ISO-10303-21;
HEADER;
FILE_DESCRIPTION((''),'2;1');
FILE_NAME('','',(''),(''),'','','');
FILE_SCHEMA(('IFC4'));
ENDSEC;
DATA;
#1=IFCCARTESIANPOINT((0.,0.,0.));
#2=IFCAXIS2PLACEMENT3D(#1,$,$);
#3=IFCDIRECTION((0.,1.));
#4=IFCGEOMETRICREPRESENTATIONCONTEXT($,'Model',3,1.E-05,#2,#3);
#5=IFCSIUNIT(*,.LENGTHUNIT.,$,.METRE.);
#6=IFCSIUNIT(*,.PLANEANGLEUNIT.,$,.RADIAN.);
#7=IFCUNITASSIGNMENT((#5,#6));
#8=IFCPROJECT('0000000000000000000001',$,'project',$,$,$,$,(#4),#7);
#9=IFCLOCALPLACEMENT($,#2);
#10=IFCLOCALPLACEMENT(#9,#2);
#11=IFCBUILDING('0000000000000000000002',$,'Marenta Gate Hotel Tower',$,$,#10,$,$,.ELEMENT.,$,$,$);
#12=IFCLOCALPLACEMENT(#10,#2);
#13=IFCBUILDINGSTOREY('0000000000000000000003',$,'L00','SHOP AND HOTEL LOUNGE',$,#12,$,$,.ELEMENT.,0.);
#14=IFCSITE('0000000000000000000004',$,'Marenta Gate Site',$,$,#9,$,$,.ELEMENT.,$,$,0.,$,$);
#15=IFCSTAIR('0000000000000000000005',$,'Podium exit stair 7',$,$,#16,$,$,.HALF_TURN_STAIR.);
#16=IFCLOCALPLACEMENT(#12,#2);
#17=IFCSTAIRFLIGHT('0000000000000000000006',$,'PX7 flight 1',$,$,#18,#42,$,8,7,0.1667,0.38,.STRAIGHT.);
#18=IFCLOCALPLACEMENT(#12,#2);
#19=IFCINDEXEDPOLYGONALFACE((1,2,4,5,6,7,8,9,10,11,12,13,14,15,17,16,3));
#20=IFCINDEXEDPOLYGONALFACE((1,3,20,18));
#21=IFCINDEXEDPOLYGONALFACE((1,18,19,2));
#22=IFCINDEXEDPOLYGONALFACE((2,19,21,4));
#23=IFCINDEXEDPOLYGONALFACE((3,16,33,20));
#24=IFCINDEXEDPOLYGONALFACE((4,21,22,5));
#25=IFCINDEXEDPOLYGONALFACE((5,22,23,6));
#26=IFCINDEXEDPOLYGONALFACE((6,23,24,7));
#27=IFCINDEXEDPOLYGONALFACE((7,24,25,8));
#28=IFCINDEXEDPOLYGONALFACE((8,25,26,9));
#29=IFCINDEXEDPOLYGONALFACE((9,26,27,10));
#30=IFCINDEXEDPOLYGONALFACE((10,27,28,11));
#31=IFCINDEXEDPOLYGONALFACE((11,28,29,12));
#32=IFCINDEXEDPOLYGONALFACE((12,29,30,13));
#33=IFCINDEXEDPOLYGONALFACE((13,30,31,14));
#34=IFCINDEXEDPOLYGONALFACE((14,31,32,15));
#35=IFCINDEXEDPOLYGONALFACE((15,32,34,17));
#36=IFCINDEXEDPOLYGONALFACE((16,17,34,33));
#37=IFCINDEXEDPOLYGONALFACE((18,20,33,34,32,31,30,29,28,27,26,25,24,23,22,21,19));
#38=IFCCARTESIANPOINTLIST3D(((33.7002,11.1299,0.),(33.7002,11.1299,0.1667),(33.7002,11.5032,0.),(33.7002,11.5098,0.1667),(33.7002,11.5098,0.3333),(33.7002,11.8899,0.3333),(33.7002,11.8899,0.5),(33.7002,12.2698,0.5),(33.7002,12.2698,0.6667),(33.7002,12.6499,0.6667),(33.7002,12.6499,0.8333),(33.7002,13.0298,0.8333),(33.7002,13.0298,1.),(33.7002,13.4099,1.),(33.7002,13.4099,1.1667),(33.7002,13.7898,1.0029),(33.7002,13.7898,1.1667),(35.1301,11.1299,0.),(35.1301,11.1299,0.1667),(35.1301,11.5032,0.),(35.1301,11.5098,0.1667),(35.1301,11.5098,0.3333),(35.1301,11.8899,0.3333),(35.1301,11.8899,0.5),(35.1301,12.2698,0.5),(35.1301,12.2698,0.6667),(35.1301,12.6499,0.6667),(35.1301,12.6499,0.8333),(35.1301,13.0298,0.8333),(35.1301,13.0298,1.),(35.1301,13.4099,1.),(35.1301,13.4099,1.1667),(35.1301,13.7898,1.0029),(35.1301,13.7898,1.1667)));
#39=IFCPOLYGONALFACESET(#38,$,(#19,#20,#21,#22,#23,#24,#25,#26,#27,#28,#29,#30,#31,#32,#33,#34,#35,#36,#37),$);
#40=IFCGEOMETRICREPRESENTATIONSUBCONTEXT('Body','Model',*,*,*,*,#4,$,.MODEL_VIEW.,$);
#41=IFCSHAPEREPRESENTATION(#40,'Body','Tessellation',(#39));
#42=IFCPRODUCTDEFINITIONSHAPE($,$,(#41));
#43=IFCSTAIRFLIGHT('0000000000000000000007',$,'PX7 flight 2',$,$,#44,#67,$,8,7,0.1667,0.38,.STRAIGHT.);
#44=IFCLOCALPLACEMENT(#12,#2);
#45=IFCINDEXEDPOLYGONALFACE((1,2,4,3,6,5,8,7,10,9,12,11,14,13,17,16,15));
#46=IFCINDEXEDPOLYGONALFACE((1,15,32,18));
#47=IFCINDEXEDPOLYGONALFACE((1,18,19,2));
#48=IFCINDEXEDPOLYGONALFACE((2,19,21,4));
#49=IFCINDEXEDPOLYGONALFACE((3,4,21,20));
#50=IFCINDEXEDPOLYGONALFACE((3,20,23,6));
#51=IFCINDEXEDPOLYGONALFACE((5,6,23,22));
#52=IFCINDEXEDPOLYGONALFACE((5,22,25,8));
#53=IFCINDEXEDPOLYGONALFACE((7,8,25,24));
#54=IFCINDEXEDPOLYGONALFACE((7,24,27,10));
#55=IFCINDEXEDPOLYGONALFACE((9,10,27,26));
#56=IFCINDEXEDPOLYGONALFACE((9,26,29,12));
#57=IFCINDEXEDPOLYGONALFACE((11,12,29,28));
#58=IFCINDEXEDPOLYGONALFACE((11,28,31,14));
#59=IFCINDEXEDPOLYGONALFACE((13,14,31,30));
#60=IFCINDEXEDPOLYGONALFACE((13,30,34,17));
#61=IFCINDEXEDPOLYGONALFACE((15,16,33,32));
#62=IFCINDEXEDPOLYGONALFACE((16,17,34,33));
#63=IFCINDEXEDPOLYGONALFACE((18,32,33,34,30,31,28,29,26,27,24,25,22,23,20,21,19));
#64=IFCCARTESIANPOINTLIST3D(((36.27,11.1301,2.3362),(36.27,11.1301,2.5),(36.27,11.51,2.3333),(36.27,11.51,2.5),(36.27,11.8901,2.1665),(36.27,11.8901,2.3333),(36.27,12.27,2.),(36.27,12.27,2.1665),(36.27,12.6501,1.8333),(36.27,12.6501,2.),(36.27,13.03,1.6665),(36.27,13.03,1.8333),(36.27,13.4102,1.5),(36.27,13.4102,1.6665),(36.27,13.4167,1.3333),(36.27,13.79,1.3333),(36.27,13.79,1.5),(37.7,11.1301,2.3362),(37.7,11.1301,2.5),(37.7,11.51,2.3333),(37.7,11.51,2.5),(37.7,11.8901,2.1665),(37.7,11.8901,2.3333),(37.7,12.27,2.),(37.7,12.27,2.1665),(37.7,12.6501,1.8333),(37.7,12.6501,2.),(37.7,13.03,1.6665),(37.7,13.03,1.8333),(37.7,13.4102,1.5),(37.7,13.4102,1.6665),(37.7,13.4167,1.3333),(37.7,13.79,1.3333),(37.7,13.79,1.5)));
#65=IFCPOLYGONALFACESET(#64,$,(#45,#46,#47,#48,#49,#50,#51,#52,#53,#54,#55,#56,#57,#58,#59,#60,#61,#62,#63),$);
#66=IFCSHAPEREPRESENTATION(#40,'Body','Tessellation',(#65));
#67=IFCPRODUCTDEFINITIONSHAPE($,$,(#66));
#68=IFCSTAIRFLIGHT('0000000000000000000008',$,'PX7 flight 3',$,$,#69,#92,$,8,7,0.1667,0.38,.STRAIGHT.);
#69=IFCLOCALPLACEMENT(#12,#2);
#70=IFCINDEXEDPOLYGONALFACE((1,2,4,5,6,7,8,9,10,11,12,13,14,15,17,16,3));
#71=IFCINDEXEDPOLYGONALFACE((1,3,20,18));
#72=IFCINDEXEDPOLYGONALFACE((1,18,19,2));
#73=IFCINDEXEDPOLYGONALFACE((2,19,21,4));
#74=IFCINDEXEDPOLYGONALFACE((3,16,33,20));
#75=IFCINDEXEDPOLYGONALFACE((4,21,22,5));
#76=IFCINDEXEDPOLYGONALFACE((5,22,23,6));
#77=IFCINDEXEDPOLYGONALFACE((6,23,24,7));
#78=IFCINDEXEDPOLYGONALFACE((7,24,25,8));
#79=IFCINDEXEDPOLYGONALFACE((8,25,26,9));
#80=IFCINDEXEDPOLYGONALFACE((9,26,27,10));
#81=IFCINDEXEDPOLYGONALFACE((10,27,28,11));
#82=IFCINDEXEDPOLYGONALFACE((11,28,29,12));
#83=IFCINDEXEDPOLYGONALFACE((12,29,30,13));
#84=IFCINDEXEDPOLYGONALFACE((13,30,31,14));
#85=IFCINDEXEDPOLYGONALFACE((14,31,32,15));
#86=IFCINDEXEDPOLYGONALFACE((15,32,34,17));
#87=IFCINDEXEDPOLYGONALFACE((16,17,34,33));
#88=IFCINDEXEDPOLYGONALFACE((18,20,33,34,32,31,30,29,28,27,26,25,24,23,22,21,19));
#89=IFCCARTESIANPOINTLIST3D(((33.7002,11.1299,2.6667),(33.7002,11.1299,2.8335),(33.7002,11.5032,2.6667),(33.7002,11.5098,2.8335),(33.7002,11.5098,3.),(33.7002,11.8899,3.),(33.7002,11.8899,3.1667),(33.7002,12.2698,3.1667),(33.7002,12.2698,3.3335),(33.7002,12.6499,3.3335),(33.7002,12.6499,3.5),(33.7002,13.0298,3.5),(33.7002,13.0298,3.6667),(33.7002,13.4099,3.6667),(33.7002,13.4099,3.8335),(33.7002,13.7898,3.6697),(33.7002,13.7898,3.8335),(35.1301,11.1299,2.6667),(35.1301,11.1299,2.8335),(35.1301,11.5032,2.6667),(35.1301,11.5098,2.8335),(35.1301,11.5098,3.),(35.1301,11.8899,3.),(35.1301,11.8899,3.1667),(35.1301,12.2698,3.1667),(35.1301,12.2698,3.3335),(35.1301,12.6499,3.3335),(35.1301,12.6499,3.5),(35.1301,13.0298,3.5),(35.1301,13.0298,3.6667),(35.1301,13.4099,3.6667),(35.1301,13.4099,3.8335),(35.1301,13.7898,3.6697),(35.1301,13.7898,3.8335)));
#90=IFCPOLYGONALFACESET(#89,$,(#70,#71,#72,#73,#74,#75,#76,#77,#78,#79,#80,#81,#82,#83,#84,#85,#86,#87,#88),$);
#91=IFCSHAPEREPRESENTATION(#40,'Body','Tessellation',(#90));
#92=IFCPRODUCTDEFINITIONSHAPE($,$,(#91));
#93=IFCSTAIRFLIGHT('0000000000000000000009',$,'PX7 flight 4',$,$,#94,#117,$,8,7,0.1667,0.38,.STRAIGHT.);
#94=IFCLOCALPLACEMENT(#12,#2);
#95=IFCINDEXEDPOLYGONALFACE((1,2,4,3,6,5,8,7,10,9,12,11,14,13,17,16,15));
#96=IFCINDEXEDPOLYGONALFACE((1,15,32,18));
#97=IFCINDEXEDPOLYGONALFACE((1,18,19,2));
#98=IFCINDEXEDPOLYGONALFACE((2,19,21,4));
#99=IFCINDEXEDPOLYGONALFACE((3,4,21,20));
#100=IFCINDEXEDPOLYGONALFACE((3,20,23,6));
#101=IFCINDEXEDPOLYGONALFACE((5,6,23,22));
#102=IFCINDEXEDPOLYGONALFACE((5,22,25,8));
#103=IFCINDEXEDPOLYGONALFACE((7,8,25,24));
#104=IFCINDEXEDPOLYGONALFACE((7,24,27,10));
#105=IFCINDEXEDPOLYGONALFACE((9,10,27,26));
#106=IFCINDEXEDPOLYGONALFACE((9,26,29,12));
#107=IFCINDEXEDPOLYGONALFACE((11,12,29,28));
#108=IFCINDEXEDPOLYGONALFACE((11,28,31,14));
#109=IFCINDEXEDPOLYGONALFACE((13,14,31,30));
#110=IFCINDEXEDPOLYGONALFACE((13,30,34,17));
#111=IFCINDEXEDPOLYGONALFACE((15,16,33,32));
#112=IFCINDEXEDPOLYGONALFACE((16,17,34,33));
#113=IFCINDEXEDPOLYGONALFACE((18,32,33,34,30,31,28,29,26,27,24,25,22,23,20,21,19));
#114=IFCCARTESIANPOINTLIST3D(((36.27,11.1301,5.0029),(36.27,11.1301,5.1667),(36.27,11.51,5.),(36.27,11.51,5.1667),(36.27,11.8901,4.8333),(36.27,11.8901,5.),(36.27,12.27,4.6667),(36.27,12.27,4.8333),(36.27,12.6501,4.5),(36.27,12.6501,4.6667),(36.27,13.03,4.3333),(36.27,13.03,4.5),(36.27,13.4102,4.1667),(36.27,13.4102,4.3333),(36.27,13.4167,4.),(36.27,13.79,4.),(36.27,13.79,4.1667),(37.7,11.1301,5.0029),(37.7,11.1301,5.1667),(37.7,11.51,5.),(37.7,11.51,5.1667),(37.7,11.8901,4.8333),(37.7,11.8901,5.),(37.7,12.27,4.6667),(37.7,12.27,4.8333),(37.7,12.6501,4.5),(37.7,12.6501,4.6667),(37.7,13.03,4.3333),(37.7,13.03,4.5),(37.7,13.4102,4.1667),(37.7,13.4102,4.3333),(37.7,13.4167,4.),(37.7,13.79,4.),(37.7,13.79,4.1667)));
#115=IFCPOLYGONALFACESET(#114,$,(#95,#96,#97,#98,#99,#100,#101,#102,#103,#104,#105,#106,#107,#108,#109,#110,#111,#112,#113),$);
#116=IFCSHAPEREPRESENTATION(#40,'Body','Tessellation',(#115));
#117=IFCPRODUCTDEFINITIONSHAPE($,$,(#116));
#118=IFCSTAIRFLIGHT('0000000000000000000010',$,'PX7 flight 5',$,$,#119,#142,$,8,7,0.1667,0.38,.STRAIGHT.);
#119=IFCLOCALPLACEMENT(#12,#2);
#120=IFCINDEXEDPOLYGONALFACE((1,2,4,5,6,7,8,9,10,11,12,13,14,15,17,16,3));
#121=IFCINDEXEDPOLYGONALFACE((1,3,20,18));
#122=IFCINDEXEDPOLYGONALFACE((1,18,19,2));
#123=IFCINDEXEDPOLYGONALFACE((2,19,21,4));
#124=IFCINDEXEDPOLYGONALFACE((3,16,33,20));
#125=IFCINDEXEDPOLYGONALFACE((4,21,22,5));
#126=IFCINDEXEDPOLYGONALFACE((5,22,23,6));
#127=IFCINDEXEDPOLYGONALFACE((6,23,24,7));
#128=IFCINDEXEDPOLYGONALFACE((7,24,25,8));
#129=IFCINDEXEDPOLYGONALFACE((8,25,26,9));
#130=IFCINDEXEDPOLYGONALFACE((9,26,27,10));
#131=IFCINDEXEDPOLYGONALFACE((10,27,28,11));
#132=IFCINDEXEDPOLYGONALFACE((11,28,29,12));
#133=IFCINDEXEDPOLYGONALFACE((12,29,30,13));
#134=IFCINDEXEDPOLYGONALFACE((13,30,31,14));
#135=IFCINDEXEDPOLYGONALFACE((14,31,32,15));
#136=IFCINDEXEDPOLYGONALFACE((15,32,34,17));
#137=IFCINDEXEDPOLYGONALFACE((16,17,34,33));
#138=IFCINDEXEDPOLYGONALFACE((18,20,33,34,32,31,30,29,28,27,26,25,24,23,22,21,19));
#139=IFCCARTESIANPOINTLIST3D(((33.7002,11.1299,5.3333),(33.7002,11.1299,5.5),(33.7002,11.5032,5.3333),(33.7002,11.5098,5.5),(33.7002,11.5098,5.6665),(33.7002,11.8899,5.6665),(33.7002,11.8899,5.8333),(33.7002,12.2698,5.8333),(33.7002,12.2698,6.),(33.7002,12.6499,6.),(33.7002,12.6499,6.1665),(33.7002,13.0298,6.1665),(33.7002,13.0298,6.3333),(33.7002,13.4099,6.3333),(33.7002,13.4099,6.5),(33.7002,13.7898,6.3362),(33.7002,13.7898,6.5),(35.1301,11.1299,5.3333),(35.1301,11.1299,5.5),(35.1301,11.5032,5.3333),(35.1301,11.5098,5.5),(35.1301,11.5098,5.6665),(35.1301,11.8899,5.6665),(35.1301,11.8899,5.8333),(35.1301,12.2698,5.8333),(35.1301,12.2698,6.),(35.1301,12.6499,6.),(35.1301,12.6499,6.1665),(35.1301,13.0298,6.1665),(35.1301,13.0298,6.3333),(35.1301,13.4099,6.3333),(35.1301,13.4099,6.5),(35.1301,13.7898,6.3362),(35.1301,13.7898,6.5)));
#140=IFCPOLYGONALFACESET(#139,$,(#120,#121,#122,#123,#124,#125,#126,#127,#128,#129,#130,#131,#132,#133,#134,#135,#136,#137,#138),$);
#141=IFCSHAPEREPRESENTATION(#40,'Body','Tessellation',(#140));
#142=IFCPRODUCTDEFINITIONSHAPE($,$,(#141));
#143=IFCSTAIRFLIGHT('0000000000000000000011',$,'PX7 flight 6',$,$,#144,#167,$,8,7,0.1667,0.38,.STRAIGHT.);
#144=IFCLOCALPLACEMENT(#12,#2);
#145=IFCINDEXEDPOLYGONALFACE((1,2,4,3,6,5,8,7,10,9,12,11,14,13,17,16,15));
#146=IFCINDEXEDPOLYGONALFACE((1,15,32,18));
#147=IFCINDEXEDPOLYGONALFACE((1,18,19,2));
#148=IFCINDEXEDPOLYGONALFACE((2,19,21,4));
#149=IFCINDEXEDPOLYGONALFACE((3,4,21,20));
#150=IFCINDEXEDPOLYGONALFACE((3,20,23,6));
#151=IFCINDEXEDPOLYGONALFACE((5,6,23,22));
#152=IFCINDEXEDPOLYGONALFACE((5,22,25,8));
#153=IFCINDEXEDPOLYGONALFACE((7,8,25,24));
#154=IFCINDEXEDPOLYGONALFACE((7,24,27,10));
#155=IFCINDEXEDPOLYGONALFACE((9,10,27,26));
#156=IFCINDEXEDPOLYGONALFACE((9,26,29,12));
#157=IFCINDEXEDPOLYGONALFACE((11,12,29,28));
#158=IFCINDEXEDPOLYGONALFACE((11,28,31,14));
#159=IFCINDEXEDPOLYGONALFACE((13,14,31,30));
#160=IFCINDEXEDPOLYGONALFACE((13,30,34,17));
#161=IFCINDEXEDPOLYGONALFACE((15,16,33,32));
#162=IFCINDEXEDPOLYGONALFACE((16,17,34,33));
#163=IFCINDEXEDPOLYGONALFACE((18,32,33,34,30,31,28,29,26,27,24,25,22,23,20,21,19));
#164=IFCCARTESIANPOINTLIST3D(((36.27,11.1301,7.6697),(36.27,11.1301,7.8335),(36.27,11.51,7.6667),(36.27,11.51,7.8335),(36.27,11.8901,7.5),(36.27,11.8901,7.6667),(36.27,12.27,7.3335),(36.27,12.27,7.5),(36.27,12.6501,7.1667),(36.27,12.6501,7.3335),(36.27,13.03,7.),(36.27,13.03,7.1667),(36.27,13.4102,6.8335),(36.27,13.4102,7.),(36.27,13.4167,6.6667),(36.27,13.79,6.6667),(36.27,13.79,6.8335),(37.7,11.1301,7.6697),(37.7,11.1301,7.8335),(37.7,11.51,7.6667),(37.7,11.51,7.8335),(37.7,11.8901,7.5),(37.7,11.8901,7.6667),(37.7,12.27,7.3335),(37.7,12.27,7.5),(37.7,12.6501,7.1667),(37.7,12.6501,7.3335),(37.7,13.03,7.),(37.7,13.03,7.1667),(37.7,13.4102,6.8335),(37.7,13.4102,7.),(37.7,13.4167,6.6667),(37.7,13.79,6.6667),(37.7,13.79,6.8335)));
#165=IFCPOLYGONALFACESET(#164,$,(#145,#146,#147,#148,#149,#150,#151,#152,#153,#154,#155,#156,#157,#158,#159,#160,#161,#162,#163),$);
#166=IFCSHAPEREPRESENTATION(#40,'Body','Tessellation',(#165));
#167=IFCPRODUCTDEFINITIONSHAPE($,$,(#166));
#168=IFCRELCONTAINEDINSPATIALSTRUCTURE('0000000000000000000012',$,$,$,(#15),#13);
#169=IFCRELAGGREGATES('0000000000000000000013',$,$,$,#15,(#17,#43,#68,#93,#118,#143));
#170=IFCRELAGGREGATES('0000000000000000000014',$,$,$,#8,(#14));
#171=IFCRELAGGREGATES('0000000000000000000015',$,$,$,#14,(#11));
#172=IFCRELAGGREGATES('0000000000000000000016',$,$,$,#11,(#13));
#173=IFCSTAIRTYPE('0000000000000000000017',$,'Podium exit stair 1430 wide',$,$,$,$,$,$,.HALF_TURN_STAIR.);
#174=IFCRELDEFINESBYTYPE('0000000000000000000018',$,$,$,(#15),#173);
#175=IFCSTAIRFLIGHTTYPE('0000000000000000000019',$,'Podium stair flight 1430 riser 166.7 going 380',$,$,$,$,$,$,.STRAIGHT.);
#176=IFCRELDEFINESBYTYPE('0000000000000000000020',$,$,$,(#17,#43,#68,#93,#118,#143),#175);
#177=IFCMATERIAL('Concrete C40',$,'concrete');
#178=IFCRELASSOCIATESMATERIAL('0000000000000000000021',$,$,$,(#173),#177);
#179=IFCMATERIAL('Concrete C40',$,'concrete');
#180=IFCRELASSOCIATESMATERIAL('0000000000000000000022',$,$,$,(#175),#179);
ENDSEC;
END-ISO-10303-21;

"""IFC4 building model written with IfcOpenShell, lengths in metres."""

from ifc_helpers import new_model, si_unit, direction, frame, origin, place, context, subcontext, project, spatial, polyline, outline, extrude, material, type_object, element, aggregate, save


model = new_model("IFC4")

# Units and contexts
model_context = context("Model", 3, precision=1e-05, world=origin(), true_north=direction((0.0, 1.0)))
body_context = subcontext(model_context, "Body", "Model", "MODEL_VIEW")
ifc_project = project(units=[si_unit("LENGTHUNIT", "METRE"), si_unit("PLANEANGLEUNIT", "RADIAN")], contexts=[model_context])

# Site, building, storey
site_placement = place(None, origin())
site = spatial("IfcSite", under=ifc_project, at=site_placement, Name="Marenta Gate Site", CompositionType="ELEMENT", RefElevation=0.0)
building_placement = place(site_placement, origin())
building = spatial("IfcBuilding", under=site, at=building_placement, Name="Marenta Gate Hotel Tower", CompositionType="ELEMENT")
storey_placement = place(building_placement, origin())
storey = spatial("IfcBuildingStorey", under=building, at=storey_placement, Name="L00", Description="SHOP AND HOTEL LOUNGE", CompositionType="ELEMENT", Elevation=0.0)

# Stair, stair flights
ifc_material_1 = material(Name="Concrete C40", Category="concrete")
stair_type = type_object("IfcStairType", Name="Podium exit stair 1430 wide", PredefinedType="HALF_TURN_STAIR", material=ifc_material_1)
stair_placement = place(storey_placement, origin())
stair = element("IfcStair", 1, at=stair_placement, inside=storey, type_object=stair_type, Name="Podium exit stair 7", PredefinedType="HALF_TURN_STAIR")
ifc_material_2 = material(Name="Concrete C40", Category="concrete")
stair_flight_type = type_object("IfcStairFlightType", Name="Podium stair flight 1430 riser 166.7 going 380", PredefinedType="STRAIGHT", material=ifc_material_2)
stair_flight_1_placement = place(storey_placement, frame((34.415, 11.1299, 0.0), z_axis=(0.0, 0.0, 1.0), x_axis=(0.0, 1.0, 0.0)))
stair_flight_1 = element("IfcStairFlight", 2, at=stair_flight_1_placement, type_object=stair_flight_type, Name="PX7 flight 1", NumberOfRisers=8, NumberOfTreads=7, PredefinedType="STRAIGHT", RiserHeight=0.1667, TreadLength=0.38, context=body_context, shape_type="SweptSolid", body=[
    extrude(outline(polyline([(0.0, 0.0), (0.0, 0.1667), (0.3799, 0.1667), (0.3799, 0.3333), (0.76, 0.3333), (0.76, 0.5), (1.1399, 0.5), (1.1399, 0.6667), (1.52, 0.6667), (1.52, 0.8333), (1.8999, 0.8333), (1.8999, 1.0), (2.28, 1.0), (2.28, 1.1667), (2.6599, 1.1667), (2.6599, 1.3333), (2.6599, 1.0029), (0.3733, 0.0), (0.0, 0.0)])), frame((0.0, 0.7148, 0.0), z_axis=(0.0, -1.0, 0.0), x_axis=(1.0, 0.0, 0.0)), (0.0, 0.0, 1.0), 1.4299),
])
stair_flight_2_placement = place(storey_placement, frame((36.9851, 13.79, 1.3333), z_axis=(0.0, 0.0, 1.0), x_axis=(0.0, -1.0, 0.0)))
stair_flight_2 = element("IfcStairFlight", 3, at=stair_flight_2_placement, type_object=stair_flight_type, Name="PX7 flight 2", NumberOfRisers=8, NumberOfTreads=7, PredefinedType="STRAIGHT", RiserHeight=0.1667, TreadLength=0.38, context=body_context, shape_type="SweptSolid", body=[
    extrude(outline(polyline([(0.0, 0.0), (0.0, 0.1667), (0.3799, 0.1667), (0.3799, 0.3333), (0.76, 0.3333), (0.76, 0.5), (1.1399, 0.5), (1.1399, 0.6667), (1.52, 0.6667), (1.52, 0.8333), (1.8999, 0.8333), (1.8999, 1.0), (2.28, 1.0), (2.28, 1.1667), (2.6599, 1.1667), (2.6599, 1.3333), (2.6599, 1.0029), (0.3733, 0.0), (0.0, 0.0)])), frame((0.0, 0.7148, 0.0), z_axis=(0.0, -1.0, 0.0), x_axis=(1.0, 0.0, 0.0)), (0.0, 0.0, 1.0), 1.4299),
])
stair_flight_3_placement = place(storey_placement, frame((34.415, 11.1299, 2.6667), z_axis=(0.0, 0.0, 1.0), x_axis=(0.0, 1.0, 0.0)))
stair_flight_3 = element("IfcStairFlight", 4, at=stair_flight_3_placement, type_object=stair_flight_type, Name="PX7 flight 3", NumberOfRisers=8, NumberOfTreads=7, PredefinedType="STRAIGHT", RiserHeight=0.1667, TreadLength=0.38, context=body_context, shape_type="SweptSolid", body=[
    extrude(outline(polyline([(0.0, 0.0), (0.0, 0.1667), (0.3799, 0.1667), (0.3799, 0.3333), (0.76, 0.3333), (0.76, 0.5), (1.1399, 0.5), (1.1399, 0.6667), (1.52, 0.6667), (1.52, 0.8333), (1.8999, 0.8333), (1.8999, 1.0), (2.28, 1.0), (2.28, 1.1667), (2.6599, 1.1667), (2.6599, 1.3333), (2.6599, 1.0029), (0.3733, 0.0), (0.0, 0.0)])), frame((0.0, 0.7148, 0.0), z_axis=(0.0, -1.0, 0.0), x_axis=(1.0, 0.0, 0.0)), (0.0, 0.0, 1.0), 1.4299),
])
stair_flight_4_placement = place(storey_placement, frame((36.9851, 13.79, 4.0), z_axis=(0.0, 0.0, 1.0), x_axis=(0.0, -1.0, 0.0)))
stair_flight_4 = element("IfcStairFlight", 5, at=stair_flight_4_placement, type_object=stair_flight_type, Name="PX7 flight 4", NumberOfRisers=8, NumberOfTreads=7, PredefinedType="STRAIGHT", RiserHeight=0.1667, TreadLength=0.38, context=body_context, shape_type="SweptSolid", body=[
    extrude(outline(polyline([(0.0, 0.0), (0.0, 0.1667), (0.3799, 0.1667), (0.3799, 0.3333), (0.76, 0.3333), (0.76, 0.5), (1.1399, 0.5), (1.1399, 0.6667), (1.52, 0.6667), (1.52, 0.8333), (1.8999, 0.8333), (1.8999, 1.0), (2.28, 1.0), (2.28, 1.1667), (2.6599, 1.1667), (2.6599, 1.3333), (2.6599, 1.0029), (0.3733, 0.0), (0.0, 0.0)])), frame((0.0, 0.7148, 0.0), z_axis=(0.0, -1.0, 0.0), x_axis=(1.0, 0.0, 0.0)), (0.0, 0.0, 1.0), 1.4299),
])
stair_flight_5_placement = place(storey_placement, frame((34.415, 11.1299, 5.3333), z_axis=(0.0, 0.0, 1.0), x_axis=(0.0, 1.0, 0.0)))
stair_flight_5 = element("IfcStairFlight", 6, at=stair_flight_5_placement, type_object=stair_flight_type, Name="PX7 flight 5", NumberOfRisers=8, NumberOfTreads=7, PredefinedType="STRAIGHT", RiserHeight=0.1667, TreadLength=0.38, context=body_context, shape_type="SweptSolid", body=[
    extrude(outline(polyline([(0.0, 0.0), (0.0, 0.1667), (0.3799, 0.1667), (0.3799, 0.3333), (0.76, 0.3333), (0.76, 0.5), (1.1399, 0.5), (1.1399, 0.6667), (1.52, 0.6667), (1.52, 0.8333), (1.8999, 0.8333), (1.8999, 1.0), (2.28, 1.0), (2.28, 1.1667), (2.6599, 1.1667), (2.6599, 1.3333), (2.6599, 1.0029), (0.3733, 0.0), (0.0, 0.0)])), frame((0.0, 0.7148, 0.0), z_axis=(0.0, -1.0, 0.0), x_axis=(1.0, 0.0, 0.0)), (0.0, 0.0, 1.0), 1.4299),
])
stair_flight_6_placement = place(storey_placement, frame((36.9851, 13.79, 6.6667), z_axis=(0.0, 0.0, 1.0), x_axis=(0.0, -1.0, 0.0)))
stair_flight_6 = element("IfcStairFlight", 7, at=stair_flight_6_placement, type_object=stair_flight_type, Name="PX7 flight 6", NumberOfRisers=8, NumberOfTreads=7, PredefinedType="STRAIGHT", RiserHeight=0.1667, TreadLength=0.38, context=body_context, shape_type="SweptSolid", body=[
    extrude(outline(polyline([(0.0, 0.0), (0.0, 0.1667), (0.3799, 0.1667), (0.3799, 0.3333), (0.76, 0.3333), (0.76, 0.5), (1.1399, 0.5), (1.1399, 0.6667), (1.52, 0.6667), (1.52, 0.8333), (1.8999, 0.8333), (1.8999, 1.0), (2.28, 1.0), (2.28, 1.1667), (2.6599, 1.1667), (2.6599, 1.3333), (2.6599, 1.0029), (0.3733, 0.0), (0.0, 0.0)])), frame((0.0, 0.7148, 0.0), z_axis=(0.0, -1.0, 0.0), x_axis=(1.0, 0.0, 0.0)), (0.0, 0.0, 1.0), 1.4299),
])
aggregate(stair, [stair_flight_1, stair_flight_2, stair_flight_3, stair_flight_4, stair_flight_5, stair_flight_6])

save(model, "model.ifc")
